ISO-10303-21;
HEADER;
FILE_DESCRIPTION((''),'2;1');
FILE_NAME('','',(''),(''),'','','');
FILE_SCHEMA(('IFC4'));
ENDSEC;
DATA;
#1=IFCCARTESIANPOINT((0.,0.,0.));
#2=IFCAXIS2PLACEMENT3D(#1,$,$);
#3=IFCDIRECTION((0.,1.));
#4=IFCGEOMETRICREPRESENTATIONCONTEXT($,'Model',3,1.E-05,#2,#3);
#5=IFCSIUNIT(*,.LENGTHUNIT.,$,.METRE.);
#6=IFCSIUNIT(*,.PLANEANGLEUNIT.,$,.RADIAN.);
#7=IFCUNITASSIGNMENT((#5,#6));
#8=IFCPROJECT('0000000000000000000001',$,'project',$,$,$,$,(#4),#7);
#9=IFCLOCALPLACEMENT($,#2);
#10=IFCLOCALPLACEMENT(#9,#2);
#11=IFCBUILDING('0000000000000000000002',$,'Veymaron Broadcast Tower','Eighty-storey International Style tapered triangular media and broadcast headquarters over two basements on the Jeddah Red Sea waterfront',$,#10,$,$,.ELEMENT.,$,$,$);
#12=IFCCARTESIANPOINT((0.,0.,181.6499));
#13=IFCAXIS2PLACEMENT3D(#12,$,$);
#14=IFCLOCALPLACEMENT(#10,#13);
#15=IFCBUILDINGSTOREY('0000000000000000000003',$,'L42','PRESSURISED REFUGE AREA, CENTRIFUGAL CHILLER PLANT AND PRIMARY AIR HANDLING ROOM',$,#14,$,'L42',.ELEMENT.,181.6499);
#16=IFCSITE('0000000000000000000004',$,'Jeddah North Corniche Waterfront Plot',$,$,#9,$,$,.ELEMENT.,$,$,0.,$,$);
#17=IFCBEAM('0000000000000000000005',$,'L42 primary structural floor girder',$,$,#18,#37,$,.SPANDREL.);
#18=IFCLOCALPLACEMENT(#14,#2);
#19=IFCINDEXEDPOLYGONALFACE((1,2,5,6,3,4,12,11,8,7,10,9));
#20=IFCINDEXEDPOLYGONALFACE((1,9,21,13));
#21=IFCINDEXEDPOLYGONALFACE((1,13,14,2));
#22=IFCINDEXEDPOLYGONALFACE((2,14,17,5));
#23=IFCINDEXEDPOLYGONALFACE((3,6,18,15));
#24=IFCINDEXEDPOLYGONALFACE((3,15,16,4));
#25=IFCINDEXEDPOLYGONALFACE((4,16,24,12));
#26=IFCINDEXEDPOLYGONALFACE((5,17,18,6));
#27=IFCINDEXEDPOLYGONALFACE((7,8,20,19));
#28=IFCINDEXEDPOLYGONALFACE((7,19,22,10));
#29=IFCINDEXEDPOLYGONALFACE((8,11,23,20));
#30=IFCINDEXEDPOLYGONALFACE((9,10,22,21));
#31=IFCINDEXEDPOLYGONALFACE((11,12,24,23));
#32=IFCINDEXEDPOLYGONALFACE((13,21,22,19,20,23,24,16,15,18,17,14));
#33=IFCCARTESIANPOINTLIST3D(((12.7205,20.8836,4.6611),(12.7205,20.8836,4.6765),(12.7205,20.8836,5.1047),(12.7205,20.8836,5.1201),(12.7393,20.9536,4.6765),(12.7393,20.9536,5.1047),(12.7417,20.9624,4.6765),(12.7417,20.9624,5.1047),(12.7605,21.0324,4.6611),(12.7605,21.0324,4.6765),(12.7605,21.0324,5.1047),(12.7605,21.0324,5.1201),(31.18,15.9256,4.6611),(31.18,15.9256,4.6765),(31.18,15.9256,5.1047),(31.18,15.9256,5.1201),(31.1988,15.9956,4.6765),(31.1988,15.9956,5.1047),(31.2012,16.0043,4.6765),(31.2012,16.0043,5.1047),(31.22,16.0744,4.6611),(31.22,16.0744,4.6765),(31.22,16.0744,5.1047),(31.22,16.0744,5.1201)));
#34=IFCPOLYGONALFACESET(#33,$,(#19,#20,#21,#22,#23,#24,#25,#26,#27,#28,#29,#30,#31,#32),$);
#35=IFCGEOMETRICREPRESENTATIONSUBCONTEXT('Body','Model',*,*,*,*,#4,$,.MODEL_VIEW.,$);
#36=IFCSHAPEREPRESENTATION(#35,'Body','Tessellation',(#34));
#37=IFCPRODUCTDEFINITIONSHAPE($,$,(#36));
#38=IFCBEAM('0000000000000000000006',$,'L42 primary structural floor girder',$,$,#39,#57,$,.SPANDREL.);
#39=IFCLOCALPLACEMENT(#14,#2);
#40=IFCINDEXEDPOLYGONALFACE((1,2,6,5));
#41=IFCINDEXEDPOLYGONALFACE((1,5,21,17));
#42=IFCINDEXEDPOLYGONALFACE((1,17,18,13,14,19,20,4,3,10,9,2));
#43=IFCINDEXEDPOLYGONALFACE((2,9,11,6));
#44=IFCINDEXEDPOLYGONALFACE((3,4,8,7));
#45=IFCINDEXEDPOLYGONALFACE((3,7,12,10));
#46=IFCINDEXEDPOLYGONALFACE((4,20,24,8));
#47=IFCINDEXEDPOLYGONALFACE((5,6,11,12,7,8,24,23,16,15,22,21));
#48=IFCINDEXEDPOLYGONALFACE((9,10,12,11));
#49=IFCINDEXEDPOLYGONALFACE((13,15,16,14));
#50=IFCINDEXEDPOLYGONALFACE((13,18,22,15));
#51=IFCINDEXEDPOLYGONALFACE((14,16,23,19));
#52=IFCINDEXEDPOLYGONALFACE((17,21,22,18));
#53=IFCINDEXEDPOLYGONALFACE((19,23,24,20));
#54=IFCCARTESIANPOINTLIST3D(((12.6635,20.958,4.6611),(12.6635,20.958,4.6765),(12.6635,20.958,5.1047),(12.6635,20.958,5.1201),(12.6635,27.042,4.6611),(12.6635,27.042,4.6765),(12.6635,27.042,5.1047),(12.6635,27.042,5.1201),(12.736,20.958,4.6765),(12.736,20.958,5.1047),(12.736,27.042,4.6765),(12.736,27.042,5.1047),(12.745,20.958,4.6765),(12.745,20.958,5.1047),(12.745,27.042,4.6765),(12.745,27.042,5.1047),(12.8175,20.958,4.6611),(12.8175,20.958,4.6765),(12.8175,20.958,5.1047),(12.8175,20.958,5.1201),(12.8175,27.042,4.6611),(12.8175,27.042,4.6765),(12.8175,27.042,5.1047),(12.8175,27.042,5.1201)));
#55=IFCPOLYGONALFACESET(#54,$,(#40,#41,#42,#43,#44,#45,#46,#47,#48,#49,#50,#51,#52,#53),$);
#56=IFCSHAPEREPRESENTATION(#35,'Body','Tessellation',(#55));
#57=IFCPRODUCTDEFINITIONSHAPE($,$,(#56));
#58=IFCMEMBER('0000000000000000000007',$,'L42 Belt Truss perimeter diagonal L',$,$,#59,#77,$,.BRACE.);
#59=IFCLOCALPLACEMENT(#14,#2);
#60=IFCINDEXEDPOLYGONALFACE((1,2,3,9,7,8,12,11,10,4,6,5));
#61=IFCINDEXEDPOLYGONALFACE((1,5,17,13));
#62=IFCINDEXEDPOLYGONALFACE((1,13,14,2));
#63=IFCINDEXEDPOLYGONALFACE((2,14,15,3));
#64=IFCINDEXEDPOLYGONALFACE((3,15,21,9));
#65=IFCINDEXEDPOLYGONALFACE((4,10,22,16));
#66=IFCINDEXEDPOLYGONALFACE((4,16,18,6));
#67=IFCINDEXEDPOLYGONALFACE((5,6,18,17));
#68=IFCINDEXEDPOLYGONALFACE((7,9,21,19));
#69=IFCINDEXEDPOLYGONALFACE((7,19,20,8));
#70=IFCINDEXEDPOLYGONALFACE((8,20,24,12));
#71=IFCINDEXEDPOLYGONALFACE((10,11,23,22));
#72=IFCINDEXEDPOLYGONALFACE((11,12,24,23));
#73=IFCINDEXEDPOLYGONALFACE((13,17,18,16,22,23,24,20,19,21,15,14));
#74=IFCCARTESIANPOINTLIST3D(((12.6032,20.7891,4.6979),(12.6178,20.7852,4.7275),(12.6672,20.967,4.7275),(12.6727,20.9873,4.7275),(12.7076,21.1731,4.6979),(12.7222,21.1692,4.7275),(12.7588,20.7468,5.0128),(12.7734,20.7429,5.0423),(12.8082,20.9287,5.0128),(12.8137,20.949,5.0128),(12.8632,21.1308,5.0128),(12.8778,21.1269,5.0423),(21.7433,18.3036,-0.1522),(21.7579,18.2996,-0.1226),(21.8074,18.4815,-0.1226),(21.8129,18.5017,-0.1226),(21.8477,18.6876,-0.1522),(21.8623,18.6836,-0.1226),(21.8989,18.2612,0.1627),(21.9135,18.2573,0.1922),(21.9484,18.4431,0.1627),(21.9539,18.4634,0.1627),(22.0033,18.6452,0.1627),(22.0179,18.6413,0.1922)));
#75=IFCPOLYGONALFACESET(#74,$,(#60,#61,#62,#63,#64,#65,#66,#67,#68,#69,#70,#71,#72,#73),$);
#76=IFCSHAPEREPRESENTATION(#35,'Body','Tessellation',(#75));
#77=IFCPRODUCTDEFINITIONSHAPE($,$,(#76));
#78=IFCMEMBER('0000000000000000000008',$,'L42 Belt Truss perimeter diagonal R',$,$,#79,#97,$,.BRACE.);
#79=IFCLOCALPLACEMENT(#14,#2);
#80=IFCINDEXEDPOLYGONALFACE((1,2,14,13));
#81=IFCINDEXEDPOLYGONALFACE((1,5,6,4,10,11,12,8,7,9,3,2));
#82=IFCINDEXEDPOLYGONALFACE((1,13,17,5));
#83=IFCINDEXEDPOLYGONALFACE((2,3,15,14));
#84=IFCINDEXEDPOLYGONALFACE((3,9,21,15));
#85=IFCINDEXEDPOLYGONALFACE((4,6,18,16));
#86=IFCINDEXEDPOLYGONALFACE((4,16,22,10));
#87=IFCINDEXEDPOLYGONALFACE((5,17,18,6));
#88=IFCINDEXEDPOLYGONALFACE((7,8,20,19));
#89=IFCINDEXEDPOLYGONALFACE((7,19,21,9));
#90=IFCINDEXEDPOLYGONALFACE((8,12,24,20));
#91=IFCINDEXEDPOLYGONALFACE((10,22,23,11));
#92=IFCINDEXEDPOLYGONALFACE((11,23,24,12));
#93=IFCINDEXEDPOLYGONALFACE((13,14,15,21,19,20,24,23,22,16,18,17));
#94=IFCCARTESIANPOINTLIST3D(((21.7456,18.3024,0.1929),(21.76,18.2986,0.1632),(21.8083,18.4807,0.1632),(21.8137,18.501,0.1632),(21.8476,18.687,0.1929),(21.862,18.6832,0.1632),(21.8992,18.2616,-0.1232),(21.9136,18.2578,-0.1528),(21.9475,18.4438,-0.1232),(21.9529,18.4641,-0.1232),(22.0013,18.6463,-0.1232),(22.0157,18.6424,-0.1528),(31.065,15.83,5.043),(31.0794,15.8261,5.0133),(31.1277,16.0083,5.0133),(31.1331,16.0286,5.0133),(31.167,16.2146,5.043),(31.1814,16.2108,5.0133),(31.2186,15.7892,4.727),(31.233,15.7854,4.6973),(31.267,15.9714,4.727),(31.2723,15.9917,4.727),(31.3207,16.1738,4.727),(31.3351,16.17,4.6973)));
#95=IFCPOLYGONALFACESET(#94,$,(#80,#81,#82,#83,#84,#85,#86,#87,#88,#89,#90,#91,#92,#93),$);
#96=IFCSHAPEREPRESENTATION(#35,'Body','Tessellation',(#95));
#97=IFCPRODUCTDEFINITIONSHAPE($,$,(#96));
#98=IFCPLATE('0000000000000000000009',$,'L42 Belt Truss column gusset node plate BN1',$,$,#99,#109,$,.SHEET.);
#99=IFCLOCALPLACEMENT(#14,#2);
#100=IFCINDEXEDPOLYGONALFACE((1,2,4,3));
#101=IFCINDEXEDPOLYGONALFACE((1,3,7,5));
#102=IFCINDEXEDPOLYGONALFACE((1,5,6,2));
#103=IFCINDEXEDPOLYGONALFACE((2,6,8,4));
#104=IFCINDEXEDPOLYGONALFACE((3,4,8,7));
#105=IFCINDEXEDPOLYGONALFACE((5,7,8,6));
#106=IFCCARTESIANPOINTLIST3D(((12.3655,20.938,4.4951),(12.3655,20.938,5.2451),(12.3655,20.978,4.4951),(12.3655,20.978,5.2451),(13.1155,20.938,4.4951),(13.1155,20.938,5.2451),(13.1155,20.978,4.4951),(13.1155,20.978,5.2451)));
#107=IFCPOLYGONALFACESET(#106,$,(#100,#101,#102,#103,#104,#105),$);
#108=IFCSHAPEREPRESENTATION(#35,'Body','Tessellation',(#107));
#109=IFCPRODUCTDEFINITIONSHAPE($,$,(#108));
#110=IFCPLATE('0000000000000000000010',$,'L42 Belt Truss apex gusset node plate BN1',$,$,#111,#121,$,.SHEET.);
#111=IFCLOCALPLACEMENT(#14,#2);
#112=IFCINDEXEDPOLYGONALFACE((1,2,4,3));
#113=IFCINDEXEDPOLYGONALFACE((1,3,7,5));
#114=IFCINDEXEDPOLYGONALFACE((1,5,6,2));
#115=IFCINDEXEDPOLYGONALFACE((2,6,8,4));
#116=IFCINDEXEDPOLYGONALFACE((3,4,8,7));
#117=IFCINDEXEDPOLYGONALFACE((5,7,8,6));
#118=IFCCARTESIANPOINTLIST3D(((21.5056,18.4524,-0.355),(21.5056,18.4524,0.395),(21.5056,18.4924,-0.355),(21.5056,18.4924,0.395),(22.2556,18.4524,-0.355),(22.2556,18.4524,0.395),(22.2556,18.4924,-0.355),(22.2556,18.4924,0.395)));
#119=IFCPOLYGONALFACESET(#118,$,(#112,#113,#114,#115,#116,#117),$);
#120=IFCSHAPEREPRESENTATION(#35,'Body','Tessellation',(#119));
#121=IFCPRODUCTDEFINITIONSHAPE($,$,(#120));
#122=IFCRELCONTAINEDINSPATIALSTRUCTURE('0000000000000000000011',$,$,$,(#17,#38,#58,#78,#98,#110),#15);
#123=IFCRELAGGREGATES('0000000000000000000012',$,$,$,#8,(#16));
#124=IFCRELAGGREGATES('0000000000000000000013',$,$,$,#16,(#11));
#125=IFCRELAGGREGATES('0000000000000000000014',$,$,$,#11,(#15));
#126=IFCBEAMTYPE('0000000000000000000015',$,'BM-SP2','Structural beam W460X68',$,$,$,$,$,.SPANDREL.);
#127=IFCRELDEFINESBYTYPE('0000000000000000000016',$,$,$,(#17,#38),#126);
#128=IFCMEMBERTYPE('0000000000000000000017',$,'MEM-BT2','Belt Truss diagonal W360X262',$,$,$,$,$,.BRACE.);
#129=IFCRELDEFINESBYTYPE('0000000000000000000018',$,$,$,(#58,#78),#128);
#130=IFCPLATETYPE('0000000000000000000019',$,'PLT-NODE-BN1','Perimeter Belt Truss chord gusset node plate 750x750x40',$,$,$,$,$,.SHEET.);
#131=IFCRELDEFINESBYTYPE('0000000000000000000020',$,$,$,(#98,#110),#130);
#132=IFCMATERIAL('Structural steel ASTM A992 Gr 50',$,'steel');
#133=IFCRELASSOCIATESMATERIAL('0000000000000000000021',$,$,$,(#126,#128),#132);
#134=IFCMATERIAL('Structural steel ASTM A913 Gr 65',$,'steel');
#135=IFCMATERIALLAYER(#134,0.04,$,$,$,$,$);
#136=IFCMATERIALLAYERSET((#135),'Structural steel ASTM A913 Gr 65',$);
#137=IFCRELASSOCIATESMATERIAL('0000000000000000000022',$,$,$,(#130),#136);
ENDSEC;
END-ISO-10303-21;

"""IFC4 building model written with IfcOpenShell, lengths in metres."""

from ifc_helpers import new_model, si_unit, direction, frame, origin, origin_2d, place, context, subcontext, project, spatial, rectangle, i_section, extrude, material, layer, layer_set, material_profile, profile_set, type_object, element, save


model = new_model("IFC4")

# Units and contexts
model_context = context("Model", 3, precision=1e-05, world=origin(), true_north=direction((0.0, 1.0)))
body_context = subcontext(model_context, "Body", "Model", "MODEL_VIEW")
ifc_project = project(units=[si_unit("LENGTHUNIT", "METRE"), si_unit("PLANEANGLEUNIT", "RADIAN")], contexts=[model_context])

# Site, building, storey
site_placement = place(None, origin())
site = spatial("IfcSite", under=ifc_project, at=site_placement, Name="Jeddah North Corniche Waterfront Plot", CompositionType="ELEMENT", RefElevation=0.0)
building_placement = place(site_placement, origin())
building = spatial("IfcBuilding", under=site, at=building_placement, Name="Veymaron Broadcast Tower", Description="Eighty-storey International Style tapered triangular media and broadcast headquarters over two basements on the Jeddah Red Sea waterfront", CompositionType="ELEMENT")
storey_placement = place(building_placement, frame((0.0, 0.0, 181.6499)))
storey = spatial("IfcBuildingStorey", under=building, at=storey_placement, Name="L42", Description="PRESSURISED REFUGE AREA, CENTRIFUGAL CHILLER PLANT AND PRIMARY AIR HANDLING ROOM", LongName="L42", CompositionType="ELEMENT", Elevation=181.6499)

# Shared definitions
ifc_material_1 = material(Name="Structural steel ASTM A992 Gr 50", Category="steel")
ifc_material_2 = material(Name="Structural steel ASTM A913 Gr 65", Category="steel")

# Beams
ifc_material_profile_1 = material_profile(ifc_material_1, i_section(OverallWidth=0.1541, OverallDepth=0.459, WebThickness=0.009, FlangeThickness=0.0154, at=origin_2d()), Name="W460X68")
ifc_profile_set_1 = profile_set([ifc_material_profile_1], Name="Structural steel ASTM A992 Gr 50")
beam_type_1 = type_object("IfcBeamType", Name="BM-SP2", Description="Structural beam W460X68", PredefinedType="SPANDREL", material=ifc_profile_set_1)
beam_1_placement = place(storey_placement, frame((12.7405, 20.958, 4.8906), z_axis=(0.965771, -0.259395, 0.0), x_axis=(0.259395, 0.965771, 0.0)))
element("IfcBeam", 1, at=beam_1_placement, inside=storey, type_object=beam_type_1, Name="L42 primary structural floor girder", PredefinedType="SPANDREL", context=body_context, shape_type="SweptSolid", body=[
    extrude(i_section(OverallWidth=0.1541, OverallDepth=0.459, WebThickness=0.009, FlangeThickness=0.0154, at=origin_2d()), origin(), (0.0, 0.0, 1.0), 19.1138),
])
beam_2_placement = place(storey_placement, frame((12.7405, 20.958, 4.8906), z_axis=(0.0, 1.0, 0.0), x_axis=(-1.0, 0.0, 0.0)))
element("IfcBeam", 2, at=beam_2_placement, inside=storey, type_object=beam_type_1, Name="L42 primary structural floor girder", PredefinedType="SPANDREL", context=body_context, shape_type="SweptSolid", body=[
    extrude(i_section(OverallWidth=0.1541, OverallDepth=0.459, WebThickness=0.009, FlangeThickness=0.0154, at=origin_2d()), origin(), (0.0, 0.0, 1.0), 6.084),
])

# Members
ifc_material_profile_2 = material_profile(ifc_material_1, i_section(OverallWidth=0.3979, OverallDepth=0.387, WebThickness=0.021, FlangeThickness=0.0332, at=origin_2d()), Name="W360X262")
ifc_profile_set_2 = profile_set([ifc_material_profile_2], Name="Structural steel ASTM A992 Gr 50")
member_type = type_object("IfcMemberType", Name="MEM-BT2", Description="Belt Truss diagonal W360X262", PredefinedType="BRACE", material=ifc_profile_set_2)
member_1_placement = place(storey_placement, frame((21.8806, 18.4724, 0.02), z_axis=(-0.858906, 0.233573, 0.455768), x_axis=(-0.262413, -0.964956, 0.0)))
element("IfcMember", 3, at=member_1_placement, inside=storey, type_object=member_type, Name="L42 Belt Truss perimeter diagonal L", PredefinedType="BRACE", context=body_context, shape_type="SweptSolid", body=[
    extrude(i_section(OverallWidth=0.3979, OverallDepth=0.387, WebThickness=0.021, FlangeThickness=0.0332, at=origin_2d()), origin(), (0.0, 0.0, 1.0), 10.6416),
])
member_2_placement = place(storey_placement, frame((21.8806, 18.4724, 0.02), z_axis=(0.863471, -0.229078, 0.449379), x_axis=(0.256428, 0.966563, 0.0)))
element("IfcMember", 4, at=member_2_placement, inside=storey, type_object=member_type, Name="L42 Belt Truss perimeter diagonal R", PredefinedType="BRACE", context=body_context, shape_type="SweptSolid", body=[
    extrude(i_section(OverallWidth=0.3979, OverallDepth=0.387, WebThickness=0.021, FlangeThickness=0.0332, at=origin_2d()), origin(), (0.0, 0.0, 1.0), 10.793),
])

# Plates
ifc_layer_1 = layer(ifc_material_2, 0.04)
ifc_layer_set_1 = layer_set([ifc_layer_1], Name="Structural steel ASTM A913 Gr 65")
plate_type = type_object("IfcPlateType", Name="PLT-NODE-BN1", Description="Perimeter Belt Truss chord gusset node plate 750x750x40", PredefinedType="SHEET", material=ifc_layer_set_1)
for number, where, z_axis, x_axis, name in (
    (5, (12.7405, 20.958, 4.4951), (0.0, 0.0, 1.0), (1.0, 0.0, 0.0), "L42 Belt Truss column gusset node plate BN1"),
    (6, (21.8806, 18.4724, -0.355), (0.0, 0.0, 1.0), (1.0, 0.0, 0.0), "L42 Belt Truss apex gusset node plate BN1"),
):
    element("IfcPlate", number, at=place(storey_placement, frame(where, z_axis=z_axis, x_axis=x_axis)), inside=storey, type_object=plate_type, Name=name, PredefinedType="SHEET", context=body_context, shape_type="SweptSolid", body=[
        extrude(rectangle(XDim=0.75, YDim=0.04, at=origin_2d()), origin(), (0.0, 0.0, 1.0), 0.75),
    ])

save(model, "model.ifc")
